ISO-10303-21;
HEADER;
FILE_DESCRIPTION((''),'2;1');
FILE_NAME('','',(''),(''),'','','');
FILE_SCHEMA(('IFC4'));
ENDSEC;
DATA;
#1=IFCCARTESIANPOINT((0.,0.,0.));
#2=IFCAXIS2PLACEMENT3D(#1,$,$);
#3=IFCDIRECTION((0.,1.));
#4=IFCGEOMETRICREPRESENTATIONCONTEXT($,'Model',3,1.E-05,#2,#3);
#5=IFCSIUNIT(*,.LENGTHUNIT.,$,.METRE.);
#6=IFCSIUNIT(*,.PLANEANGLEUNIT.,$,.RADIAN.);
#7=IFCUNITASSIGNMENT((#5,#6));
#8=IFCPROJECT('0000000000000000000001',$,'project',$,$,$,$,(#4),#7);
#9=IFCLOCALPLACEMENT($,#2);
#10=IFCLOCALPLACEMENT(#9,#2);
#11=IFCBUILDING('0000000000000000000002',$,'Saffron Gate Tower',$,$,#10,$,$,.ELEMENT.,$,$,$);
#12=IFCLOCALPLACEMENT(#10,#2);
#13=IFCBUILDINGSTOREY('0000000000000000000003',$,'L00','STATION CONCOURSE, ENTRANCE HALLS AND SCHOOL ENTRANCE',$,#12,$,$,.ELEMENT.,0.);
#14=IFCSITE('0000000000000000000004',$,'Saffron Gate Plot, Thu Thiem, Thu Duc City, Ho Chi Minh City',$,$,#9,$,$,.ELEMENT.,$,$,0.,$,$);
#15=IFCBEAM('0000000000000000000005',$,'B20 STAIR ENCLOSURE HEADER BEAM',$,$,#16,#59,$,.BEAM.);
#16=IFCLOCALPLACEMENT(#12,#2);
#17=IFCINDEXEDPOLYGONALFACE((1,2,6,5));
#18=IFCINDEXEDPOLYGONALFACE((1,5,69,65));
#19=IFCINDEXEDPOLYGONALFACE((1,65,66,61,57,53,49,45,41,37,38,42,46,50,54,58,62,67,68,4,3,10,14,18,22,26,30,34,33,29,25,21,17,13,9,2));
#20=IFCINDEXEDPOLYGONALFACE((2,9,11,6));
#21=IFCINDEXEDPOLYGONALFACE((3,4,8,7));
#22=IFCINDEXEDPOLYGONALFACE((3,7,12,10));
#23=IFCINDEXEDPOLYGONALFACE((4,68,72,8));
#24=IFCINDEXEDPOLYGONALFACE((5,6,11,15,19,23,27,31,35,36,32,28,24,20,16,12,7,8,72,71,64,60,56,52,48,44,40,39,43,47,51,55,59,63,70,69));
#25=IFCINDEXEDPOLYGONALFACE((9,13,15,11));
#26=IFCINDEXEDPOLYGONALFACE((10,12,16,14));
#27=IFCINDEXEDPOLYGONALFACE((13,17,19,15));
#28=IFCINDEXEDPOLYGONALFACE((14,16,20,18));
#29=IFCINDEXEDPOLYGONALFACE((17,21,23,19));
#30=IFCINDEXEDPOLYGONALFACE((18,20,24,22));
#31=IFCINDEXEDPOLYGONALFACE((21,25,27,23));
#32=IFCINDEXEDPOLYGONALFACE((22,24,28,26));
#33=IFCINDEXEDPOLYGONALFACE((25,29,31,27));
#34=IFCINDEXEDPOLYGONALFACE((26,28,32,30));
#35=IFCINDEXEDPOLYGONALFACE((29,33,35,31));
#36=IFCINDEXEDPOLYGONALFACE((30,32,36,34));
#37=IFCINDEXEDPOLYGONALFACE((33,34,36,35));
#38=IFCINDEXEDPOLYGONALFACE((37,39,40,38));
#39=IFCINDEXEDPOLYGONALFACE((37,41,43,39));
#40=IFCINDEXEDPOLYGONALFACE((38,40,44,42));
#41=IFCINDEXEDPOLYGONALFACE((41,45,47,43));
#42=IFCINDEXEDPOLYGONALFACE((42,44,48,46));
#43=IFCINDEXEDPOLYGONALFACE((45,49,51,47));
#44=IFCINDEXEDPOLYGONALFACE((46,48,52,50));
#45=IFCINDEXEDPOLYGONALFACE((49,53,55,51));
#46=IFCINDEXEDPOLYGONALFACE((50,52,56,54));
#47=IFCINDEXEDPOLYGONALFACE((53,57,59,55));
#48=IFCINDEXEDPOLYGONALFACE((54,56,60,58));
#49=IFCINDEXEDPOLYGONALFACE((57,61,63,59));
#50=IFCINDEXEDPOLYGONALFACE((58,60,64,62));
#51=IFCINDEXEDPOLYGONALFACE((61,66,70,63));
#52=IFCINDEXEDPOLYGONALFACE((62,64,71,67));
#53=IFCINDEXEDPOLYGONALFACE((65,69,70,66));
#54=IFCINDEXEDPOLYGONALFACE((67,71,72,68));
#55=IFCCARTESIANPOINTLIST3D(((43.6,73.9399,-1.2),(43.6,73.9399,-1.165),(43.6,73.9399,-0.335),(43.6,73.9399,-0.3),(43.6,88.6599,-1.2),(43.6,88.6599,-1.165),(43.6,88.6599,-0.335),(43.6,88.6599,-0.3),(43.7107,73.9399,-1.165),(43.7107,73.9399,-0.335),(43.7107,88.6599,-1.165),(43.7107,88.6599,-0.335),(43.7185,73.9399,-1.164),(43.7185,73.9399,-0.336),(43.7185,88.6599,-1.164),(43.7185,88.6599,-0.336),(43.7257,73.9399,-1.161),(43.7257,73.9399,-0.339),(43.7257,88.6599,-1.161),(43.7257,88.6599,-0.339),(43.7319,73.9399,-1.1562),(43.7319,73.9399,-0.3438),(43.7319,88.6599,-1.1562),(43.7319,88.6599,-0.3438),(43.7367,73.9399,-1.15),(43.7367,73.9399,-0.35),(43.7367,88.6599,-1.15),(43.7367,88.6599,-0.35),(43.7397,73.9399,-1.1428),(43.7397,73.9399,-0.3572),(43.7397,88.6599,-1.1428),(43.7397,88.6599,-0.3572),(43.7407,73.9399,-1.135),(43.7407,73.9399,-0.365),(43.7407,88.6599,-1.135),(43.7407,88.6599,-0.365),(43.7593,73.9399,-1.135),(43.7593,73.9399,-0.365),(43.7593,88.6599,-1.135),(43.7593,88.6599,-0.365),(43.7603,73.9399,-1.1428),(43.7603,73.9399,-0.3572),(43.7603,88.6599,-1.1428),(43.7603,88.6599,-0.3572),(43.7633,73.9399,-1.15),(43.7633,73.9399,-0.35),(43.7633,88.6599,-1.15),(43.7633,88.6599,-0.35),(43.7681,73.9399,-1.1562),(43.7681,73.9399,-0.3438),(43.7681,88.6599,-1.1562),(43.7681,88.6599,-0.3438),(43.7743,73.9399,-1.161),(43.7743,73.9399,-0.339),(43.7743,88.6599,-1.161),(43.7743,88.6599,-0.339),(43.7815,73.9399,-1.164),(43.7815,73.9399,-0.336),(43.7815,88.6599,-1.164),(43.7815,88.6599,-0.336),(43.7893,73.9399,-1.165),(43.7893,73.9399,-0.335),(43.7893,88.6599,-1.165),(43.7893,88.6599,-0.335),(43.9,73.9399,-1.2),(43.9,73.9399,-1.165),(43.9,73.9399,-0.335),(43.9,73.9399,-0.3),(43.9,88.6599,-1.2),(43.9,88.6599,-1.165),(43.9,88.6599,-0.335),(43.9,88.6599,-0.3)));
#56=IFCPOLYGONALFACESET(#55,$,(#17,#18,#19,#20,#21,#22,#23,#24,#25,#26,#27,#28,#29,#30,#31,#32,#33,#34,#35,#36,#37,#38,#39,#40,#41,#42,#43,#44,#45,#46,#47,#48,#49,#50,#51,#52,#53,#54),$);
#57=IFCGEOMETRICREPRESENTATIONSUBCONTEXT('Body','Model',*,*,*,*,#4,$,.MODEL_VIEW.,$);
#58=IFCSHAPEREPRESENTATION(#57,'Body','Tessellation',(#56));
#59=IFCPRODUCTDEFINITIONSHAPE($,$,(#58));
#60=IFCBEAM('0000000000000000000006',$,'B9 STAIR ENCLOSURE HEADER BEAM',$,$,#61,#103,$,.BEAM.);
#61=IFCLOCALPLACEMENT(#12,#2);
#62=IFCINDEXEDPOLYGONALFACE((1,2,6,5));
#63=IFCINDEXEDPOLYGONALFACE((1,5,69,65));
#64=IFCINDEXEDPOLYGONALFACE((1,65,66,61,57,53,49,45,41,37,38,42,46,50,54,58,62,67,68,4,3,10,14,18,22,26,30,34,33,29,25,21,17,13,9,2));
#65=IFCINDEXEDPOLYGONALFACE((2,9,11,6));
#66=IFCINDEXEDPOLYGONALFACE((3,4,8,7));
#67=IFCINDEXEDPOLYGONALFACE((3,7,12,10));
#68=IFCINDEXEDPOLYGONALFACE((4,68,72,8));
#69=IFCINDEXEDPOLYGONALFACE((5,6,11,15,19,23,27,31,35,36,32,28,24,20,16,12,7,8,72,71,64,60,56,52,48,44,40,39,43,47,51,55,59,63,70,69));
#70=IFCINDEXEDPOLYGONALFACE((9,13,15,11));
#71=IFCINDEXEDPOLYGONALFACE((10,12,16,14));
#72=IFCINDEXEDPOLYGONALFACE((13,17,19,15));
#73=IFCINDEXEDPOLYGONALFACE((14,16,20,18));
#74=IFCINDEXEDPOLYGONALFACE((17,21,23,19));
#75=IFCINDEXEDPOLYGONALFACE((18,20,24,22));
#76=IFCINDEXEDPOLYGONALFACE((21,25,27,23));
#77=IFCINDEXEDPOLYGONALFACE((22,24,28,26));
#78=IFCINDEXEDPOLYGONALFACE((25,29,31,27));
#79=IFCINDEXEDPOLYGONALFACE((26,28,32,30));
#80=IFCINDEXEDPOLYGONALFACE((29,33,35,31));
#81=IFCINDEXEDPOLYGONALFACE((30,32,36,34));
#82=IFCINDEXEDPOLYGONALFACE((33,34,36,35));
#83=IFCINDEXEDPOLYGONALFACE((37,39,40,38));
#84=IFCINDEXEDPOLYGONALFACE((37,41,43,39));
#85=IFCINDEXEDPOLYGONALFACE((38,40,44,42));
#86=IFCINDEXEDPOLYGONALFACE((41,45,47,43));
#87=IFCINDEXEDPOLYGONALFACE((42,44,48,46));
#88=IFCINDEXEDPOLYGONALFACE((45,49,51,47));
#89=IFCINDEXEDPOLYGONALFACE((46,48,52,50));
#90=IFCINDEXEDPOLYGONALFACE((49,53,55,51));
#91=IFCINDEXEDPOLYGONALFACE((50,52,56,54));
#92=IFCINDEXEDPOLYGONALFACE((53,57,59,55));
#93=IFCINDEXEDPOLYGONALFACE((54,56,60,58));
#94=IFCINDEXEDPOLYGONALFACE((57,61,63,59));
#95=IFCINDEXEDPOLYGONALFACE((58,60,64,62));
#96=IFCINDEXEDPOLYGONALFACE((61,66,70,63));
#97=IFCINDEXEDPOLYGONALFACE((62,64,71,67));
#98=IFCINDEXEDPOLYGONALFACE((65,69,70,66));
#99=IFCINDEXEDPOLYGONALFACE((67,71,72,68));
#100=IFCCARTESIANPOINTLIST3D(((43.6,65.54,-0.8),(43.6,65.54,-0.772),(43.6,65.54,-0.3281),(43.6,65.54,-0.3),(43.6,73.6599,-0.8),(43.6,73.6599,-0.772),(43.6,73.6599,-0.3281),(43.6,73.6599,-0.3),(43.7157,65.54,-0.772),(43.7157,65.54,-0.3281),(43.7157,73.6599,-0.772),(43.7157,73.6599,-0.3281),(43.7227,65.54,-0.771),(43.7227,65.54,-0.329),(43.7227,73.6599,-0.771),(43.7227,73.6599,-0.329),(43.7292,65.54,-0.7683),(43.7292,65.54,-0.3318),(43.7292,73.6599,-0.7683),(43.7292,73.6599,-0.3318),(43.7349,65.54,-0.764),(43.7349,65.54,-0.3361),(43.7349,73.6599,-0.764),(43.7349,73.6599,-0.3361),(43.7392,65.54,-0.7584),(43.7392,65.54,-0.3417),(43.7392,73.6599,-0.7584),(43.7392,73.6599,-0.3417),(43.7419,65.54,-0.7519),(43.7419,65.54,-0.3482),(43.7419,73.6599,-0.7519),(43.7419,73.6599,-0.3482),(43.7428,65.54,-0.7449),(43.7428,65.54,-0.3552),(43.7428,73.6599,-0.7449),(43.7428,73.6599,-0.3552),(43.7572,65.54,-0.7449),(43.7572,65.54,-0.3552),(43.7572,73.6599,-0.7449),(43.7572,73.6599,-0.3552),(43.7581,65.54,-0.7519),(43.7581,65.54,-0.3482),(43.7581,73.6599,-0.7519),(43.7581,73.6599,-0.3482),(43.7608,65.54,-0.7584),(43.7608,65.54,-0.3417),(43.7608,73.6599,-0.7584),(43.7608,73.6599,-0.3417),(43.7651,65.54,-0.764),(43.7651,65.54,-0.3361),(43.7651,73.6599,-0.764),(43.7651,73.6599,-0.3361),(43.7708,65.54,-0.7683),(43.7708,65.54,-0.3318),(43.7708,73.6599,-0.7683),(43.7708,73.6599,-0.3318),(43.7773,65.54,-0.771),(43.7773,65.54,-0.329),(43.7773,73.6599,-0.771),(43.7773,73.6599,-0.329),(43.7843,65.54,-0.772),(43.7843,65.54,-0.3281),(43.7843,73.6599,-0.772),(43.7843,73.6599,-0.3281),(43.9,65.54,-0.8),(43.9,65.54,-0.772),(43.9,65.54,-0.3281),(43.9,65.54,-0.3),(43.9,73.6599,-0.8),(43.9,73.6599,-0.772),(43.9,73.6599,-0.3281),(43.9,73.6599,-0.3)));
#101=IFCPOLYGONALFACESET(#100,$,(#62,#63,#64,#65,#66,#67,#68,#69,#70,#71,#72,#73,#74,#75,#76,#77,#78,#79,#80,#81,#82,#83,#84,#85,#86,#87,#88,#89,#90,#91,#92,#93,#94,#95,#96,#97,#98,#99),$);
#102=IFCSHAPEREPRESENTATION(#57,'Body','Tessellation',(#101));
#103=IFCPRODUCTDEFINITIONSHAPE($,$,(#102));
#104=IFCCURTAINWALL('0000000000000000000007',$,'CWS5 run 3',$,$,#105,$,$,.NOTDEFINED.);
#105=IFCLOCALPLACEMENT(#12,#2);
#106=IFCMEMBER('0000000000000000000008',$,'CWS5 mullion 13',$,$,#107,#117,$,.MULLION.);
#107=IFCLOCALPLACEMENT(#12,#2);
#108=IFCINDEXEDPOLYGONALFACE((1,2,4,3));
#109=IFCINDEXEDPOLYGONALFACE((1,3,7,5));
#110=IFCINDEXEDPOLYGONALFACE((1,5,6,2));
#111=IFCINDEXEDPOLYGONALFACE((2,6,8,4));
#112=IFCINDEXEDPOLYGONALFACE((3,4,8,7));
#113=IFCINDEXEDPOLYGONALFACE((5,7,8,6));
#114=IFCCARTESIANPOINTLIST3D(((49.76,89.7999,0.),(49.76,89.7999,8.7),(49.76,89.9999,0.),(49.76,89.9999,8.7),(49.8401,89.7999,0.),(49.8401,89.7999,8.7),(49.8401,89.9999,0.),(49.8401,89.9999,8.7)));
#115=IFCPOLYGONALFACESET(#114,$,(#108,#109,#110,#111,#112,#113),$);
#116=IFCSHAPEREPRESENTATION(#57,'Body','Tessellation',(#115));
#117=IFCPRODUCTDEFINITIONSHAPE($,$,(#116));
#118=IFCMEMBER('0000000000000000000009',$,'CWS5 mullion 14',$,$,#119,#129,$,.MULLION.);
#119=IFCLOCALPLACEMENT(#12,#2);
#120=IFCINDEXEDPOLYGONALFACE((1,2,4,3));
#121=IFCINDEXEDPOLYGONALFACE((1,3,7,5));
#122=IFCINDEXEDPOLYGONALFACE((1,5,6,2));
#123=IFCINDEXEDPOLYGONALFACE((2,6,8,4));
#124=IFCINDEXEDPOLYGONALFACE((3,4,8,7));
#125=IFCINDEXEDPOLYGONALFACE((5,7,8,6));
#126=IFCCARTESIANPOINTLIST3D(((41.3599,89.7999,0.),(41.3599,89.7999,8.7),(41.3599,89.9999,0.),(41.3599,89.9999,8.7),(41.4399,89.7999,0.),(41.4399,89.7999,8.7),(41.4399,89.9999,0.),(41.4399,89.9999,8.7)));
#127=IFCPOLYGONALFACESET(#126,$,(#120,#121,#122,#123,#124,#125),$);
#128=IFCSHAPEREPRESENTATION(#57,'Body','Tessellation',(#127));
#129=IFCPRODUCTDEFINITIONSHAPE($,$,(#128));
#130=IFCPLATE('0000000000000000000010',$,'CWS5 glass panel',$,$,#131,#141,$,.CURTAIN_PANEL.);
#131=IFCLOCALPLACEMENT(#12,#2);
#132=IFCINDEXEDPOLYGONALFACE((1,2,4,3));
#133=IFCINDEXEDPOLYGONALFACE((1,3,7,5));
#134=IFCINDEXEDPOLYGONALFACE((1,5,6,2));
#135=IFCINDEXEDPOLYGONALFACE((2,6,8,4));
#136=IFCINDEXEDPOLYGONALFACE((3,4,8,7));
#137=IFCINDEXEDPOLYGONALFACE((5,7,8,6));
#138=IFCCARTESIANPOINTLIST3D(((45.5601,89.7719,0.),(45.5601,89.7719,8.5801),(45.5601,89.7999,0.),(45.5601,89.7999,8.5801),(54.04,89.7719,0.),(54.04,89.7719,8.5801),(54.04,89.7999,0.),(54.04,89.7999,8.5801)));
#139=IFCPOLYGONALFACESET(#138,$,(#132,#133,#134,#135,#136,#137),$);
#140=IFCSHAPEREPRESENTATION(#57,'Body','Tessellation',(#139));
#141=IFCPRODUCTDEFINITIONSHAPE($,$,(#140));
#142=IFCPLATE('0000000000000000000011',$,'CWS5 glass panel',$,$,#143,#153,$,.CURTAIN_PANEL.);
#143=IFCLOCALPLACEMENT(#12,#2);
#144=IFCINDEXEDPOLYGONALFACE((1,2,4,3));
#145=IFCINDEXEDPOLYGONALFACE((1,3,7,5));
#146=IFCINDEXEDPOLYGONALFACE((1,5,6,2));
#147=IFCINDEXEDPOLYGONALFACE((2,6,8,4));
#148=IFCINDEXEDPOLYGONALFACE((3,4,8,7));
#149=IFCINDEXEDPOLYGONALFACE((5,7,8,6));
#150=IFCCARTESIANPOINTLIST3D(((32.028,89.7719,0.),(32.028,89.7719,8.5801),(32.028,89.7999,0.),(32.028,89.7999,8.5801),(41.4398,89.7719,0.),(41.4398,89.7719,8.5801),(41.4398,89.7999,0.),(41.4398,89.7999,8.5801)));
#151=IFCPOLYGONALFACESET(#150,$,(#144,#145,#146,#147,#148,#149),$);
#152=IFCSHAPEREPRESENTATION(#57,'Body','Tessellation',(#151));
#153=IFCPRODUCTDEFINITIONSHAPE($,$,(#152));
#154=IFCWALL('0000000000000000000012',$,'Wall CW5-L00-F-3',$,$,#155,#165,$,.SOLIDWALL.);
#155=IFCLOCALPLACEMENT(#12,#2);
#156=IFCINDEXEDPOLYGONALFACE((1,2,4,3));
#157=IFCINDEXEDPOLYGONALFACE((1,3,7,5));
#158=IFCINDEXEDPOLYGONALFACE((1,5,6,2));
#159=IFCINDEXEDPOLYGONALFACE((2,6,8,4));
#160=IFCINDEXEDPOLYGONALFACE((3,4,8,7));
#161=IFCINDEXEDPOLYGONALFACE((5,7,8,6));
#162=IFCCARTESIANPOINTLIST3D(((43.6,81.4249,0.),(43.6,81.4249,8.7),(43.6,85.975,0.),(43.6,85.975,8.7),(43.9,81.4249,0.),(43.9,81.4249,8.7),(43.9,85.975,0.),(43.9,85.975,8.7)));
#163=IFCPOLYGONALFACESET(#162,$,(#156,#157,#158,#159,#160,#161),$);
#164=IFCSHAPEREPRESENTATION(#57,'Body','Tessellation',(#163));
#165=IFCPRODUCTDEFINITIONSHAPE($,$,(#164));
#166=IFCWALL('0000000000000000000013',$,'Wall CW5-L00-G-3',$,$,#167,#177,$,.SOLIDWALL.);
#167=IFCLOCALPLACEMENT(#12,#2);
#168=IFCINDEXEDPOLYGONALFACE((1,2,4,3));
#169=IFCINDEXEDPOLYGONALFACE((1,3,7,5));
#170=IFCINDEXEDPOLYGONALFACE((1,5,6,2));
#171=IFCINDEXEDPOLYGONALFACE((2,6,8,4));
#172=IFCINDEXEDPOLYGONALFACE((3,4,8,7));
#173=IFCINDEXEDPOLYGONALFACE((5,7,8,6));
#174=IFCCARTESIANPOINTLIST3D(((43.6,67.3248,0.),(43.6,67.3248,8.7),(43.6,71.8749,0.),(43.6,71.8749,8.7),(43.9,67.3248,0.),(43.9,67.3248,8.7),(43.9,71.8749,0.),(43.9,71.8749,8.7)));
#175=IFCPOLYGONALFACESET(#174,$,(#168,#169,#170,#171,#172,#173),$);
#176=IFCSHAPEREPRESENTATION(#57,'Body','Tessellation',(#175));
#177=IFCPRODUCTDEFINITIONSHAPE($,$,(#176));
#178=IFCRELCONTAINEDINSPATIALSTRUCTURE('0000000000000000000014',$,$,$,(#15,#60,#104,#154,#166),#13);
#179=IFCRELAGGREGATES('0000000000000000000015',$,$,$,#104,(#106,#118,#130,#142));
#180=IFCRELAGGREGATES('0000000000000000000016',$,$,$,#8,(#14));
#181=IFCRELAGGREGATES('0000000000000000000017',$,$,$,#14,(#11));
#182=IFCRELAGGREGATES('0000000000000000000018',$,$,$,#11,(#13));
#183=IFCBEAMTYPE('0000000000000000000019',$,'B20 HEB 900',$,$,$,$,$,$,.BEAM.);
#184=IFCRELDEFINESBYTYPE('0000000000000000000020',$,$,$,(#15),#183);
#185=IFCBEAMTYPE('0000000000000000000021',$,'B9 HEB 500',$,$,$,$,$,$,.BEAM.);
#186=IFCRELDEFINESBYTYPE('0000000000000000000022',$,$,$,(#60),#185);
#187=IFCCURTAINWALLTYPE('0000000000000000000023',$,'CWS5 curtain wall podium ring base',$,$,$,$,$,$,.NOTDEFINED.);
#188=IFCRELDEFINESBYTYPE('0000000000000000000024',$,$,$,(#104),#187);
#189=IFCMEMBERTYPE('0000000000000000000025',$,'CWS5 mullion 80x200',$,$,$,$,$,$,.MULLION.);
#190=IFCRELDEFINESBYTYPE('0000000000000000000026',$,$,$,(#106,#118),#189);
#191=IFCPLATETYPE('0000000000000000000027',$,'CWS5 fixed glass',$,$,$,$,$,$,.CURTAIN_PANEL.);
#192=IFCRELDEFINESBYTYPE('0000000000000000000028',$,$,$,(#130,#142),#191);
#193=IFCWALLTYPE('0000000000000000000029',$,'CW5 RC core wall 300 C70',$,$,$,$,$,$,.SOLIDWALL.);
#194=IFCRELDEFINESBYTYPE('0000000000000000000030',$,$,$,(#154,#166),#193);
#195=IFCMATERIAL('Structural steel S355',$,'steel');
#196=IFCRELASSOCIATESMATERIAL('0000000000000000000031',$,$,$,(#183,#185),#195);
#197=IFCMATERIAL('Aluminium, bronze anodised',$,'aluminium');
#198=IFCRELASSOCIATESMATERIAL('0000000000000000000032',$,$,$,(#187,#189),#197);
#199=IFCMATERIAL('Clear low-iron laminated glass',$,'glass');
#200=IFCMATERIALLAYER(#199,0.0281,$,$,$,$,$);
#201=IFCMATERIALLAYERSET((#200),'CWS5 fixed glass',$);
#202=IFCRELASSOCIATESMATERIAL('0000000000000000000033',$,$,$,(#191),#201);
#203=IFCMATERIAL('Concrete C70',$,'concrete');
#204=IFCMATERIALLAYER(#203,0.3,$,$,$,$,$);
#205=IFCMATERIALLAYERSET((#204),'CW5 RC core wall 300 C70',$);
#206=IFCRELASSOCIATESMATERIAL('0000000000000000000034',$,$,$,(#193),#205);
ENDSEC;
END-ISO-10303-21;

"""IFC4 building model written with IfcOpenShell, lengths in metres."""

from ifc_helpers import new_model, si_unit, direction, frame, frame_2d, origin, origin_2d, place, context, subcontext, project, spatial, rectangle, i_section, extrude, material, layer, layer_set, material_profile, profile_set, type_object, element, aggregate, save


model = new_model("IFC4")

# Units and contexts
model_context = context("Model", 3, precision=1e-05, world=origin(), true_north=direction((0.0, 1.0)))
body_context = subcontext(model_context, "Body", "Model", "MODEL_VIEW")
ifc_project = project(units=[si_unit("LENGTHUNIT", "METRE"), si_unit("PLANEANGLEUNIT", "RADIAN")], contexts=[model_context])

# Site, building, storey
site_placement = place(None, origin())
site = spatial("IfcSite", under=ifc_project, at=site_placement, Name="Saffron Gate Plot, Thu Thiem, Thu Duc City, Ho Chi Minh City", CompositionType="ELEMENT", RefElevation=0.0)
building_placement = place(site_placement, origin())
building = spatial("IfcBuilding", under=site, at=building_placement, Name="Saffron Gate Tower", CompositionType="ELEMENT")
storey_placement = place(building_placement, origin())
storey = spatial("IfcBuildingStorey", under=building, at=storey_placement, Name="L00", Description="STATION CONCOURSE, ENTRANCE HALLS AND SCHOOL ENTRANCE", CompositionType="ELEMENT", Elevation=0.0)

# Beams
ifc_material_1 = material(Name="Structural steel S355", Category="steel")
ifc_material_profile_1 = material_profile(ifc_material_1, i_section(OverallWidth=0.3, OverallDepth=0.8999, WebThickness=0.0186, FlangeThickness=0.0349, FilletRadius=0.03, at=origin_2d()))
ifc_profile_set_1 = profile_set([ifc_material_profile_1], Name="Structural steel S355")
beam_type_1 = type_object("IfcBeamType", Name="B20 HEB 900", PredefinedType="BEAM", material=ifc_profile_set_1)
beam_1_placement = place(storey_placement, frame((43.75, 73.9399, -0.75), z_axis=(0.0, 1.0, 0.0), x_axis=(-1.0, 0.0, 0.0)))
element("IfcBeam", 1, at=beam_1_placement, inside=storey, type_object=beam_type_1, Name="B20 STAIR ENCLOSURE HEADER BEAM", PredefinedType="BEAM", context=body_context, shape_type="SweptSolid", body=[
    extrude(i_section(OverallWidth=0.3, OverallDepth=0.8999, WebThickness=0.0186, FlangeThickness=0.0349, FilletRadius=0.03, at=origin_2d()), origin(), (0.0, 0.0, 1.0), 14.72),
])
ifc_material_profile_2 = material_profile(ifc_material_1, i_section(OverallWidth=0.3, OverallDepth=0.5, WebThickness=0.0144, FlangeThickness=0.0281, FilletRadius=0.0271, at=origin_2d()))
ifc_profile_set_2 = profile_set([ifc_material_profile_2], Name="Structural steel S355")
beam_type_2 = type_object("IfcBeamType", Name="B9 HEB 500", PredefinedType="BEAM", material=ifc_profile_set_2)
beam_2_placement = place(storey_placement, frame((43.75, 65.54, -0.55), z_axis=(0.0, 1.0, 0.0), x_axis=(-1.0, 0.0, 0.0)))
element("IfcBeam", 2, at=beam_2_placement, inside=storey, type_object=beam_type_2, Name="B9 STAIR ENCLOSURE HEADER BEAM", PredefinedType="BEAM", context=body_context, shape_type="SweptSolid", body=[
    extrude(i_section(OverallWidth=0.3, OverallDepth=0.5, WebThickness=0.0144, FlangeThickness=0.0281, FilletRadius=0.0271, at=origin_2d()), origin(), (0.0, 0.0, 1.0), 8.1199),
])

# Curtain wall, members, plates
ifc_material_2 = material(Name="Aluminium, bronze anodised", Category="aluminium")
curtain_wall_type = type_object("IfcCurtainWallType", Name="CWS5 curtain wall podium ring base", PredefinedType="NOTDEFINED", material=ifc_material_2)
curtain_wall_placement = place(storey_placement, origin())
curtain_wall = element("IfcCurtainWall", 3, at=curtain_wall_placement, inside=storey, type_object=curtain_wall_type, Name="CWS5 run 3", PredefinedType="NOTDEFINED")
ifc_material_profile_3 = material_profile(ifc_material_2, rectangle(XDim=0.2, YDim=0.0801, at=origin_2d()))
ifc_profile_set_3 = profile_set([ifc_material_profile_3], Name="Aluminium, bronze anodised")
member_type = type_object("IfcMemberType", Name="CWS5 mullion 80x200", PredefinedType="MULLION", material=ifc_profile_set_3)
member_1_placement = place(storey_placement, frame((49.8, 89.8999, 0.0), z_axis=(0.0, 0.0, 1.0), x_axis=(0.0, -1.0, 0.0)))
member_1 = element("IfcMember", 4, at=member_1_placement, type_object=member_type, Name="CWS5 mullion 13", PredefinedType="MULLION", context=body_context, shape_type="SweptSolid", body=[
    extrude(rectangle(XDim=0.2, YDim=0.0801, at=origin_2d()), origin(), (0.0, 0.0, 1.0), 8.7),
])
member_2_placement = place(storey_placement, frame((41.3999, 89.8999, 0.0), z_axis=(0.0, 0.0, 1.0), x_axis=(0.0, -1.0, 0.0)))
member_2 = element("IfcMember", 5, at=member_2_placement, type_object=member_type, Name="CWS5 mullion 14", PredefinedType="MULLION", context=body_context, shape_type="SweptSolid", body=[
    extrude(rectangle(XDim=0.2, YDim=0.0801, at=origin_2d()), origin(), (0.0, 0.0, 1.0), 8.7),
])
ifc_material_3 = material(Name="Clear low-iron laminated glass", Category="glass")
ifc_layer_1 = layer(ifc_material_3, 0.0281)
ifc_layer_set_1 = layer_set([ifc_layer_1], Name="CWS5 fixed glass")
plate_type = type_object("IfcPlateType", Name="CWS5 fixed glass", PredefinedType="CURTAIN_PANEL", material=ifc_layer_set_1)
plate_1_placement = place(storey_placement, frame((54.04, 89.7859, 0.0), z_axis=(0.0, 0.0, 1.0), x_axis=(-1.0, 0.0, 0.0)))
plate_1 = element("IfcPlate", 6, at=plate_1_placement, type_object=plate_type, Name="CWS5 glass panel", PredefinedType="CURTAIN_PANEL", context=body_context, shape_type="SweptSolid", body=[
    extrude(rectangle(XDim=8.48, YDim=0.0281, at=frame_2d((4.24, 0.0))), origin(), (0.0, 0.0, 1.0), 8.5801),
])
plate_2_placement = place(storey_placement, frame((41.4399, 89.7859, 0.0), z_axis=(0.0, 0.0, 1.0), x_axis=(-1.0, 0.0, 0.0)))
plate_2 = element("IfcPlate", 7, at=plate_2_placement, type_object=plate_type, Name="CWS5 glass panel", PredefinedType="CURTAIN_PANEL", context=body_context, shape_type="SweptSolid", body=[
    extrude(rectangle(XDim=9.4119, YDim=0.0281, at=frame_2d((4.7061, 0.0))), origin(), (0.0, 0.0, 1.0), 8.5801),
])
aggregate(curtain_wall, [member_1, member_2, plate_1, plate_2])

# Walls
ifc_material_4 = material(Name="Concrete C70", Category="concrete")
ifc_layer_2 = layer(ifc_material_4, 0.3)
ifc_layer_set_2 = layer_set([ifc_layer_2], Name="CW5 RC core wall 300 C70")
wall_type_1 = type_object("IfcWallType", Name="CW5 RC core wall 300 C70", PredefinedType="SOLIDWALL", material=ifc_layer_set_2)
for number, where, z_axis, x_axis, name in (
    (8, (43.75, 81.425, 0.0), (0.0, 0.0, 1.0), (0.0, 1.0, 0.0), "Wall CW5-L00-F-3"),
    (9, (43.75, 67.325, 0.0), (0.0, 0.0, 1.0), (0.0, 1.0, 0.0), "Wall CW5-L00-G-3"),
):
    element("IfcWall", number, at=place(storey_placement, frame(where, z_axis=z_axis, x_axis=x_axis)), inside=storey, type_object=wall_type_1, Name=name, PredefinedType="SOLIDWALL", context=body_context, shape_type="SweptSolid", body=[
        extrude(rectangle(XDim=4.55, YDim=0.3, at=frame_2d((2.2749, 0.0))), origin(), (0.0, 0.0, 1.0), 8.7),
    ])

save(model, "model.ifc")
